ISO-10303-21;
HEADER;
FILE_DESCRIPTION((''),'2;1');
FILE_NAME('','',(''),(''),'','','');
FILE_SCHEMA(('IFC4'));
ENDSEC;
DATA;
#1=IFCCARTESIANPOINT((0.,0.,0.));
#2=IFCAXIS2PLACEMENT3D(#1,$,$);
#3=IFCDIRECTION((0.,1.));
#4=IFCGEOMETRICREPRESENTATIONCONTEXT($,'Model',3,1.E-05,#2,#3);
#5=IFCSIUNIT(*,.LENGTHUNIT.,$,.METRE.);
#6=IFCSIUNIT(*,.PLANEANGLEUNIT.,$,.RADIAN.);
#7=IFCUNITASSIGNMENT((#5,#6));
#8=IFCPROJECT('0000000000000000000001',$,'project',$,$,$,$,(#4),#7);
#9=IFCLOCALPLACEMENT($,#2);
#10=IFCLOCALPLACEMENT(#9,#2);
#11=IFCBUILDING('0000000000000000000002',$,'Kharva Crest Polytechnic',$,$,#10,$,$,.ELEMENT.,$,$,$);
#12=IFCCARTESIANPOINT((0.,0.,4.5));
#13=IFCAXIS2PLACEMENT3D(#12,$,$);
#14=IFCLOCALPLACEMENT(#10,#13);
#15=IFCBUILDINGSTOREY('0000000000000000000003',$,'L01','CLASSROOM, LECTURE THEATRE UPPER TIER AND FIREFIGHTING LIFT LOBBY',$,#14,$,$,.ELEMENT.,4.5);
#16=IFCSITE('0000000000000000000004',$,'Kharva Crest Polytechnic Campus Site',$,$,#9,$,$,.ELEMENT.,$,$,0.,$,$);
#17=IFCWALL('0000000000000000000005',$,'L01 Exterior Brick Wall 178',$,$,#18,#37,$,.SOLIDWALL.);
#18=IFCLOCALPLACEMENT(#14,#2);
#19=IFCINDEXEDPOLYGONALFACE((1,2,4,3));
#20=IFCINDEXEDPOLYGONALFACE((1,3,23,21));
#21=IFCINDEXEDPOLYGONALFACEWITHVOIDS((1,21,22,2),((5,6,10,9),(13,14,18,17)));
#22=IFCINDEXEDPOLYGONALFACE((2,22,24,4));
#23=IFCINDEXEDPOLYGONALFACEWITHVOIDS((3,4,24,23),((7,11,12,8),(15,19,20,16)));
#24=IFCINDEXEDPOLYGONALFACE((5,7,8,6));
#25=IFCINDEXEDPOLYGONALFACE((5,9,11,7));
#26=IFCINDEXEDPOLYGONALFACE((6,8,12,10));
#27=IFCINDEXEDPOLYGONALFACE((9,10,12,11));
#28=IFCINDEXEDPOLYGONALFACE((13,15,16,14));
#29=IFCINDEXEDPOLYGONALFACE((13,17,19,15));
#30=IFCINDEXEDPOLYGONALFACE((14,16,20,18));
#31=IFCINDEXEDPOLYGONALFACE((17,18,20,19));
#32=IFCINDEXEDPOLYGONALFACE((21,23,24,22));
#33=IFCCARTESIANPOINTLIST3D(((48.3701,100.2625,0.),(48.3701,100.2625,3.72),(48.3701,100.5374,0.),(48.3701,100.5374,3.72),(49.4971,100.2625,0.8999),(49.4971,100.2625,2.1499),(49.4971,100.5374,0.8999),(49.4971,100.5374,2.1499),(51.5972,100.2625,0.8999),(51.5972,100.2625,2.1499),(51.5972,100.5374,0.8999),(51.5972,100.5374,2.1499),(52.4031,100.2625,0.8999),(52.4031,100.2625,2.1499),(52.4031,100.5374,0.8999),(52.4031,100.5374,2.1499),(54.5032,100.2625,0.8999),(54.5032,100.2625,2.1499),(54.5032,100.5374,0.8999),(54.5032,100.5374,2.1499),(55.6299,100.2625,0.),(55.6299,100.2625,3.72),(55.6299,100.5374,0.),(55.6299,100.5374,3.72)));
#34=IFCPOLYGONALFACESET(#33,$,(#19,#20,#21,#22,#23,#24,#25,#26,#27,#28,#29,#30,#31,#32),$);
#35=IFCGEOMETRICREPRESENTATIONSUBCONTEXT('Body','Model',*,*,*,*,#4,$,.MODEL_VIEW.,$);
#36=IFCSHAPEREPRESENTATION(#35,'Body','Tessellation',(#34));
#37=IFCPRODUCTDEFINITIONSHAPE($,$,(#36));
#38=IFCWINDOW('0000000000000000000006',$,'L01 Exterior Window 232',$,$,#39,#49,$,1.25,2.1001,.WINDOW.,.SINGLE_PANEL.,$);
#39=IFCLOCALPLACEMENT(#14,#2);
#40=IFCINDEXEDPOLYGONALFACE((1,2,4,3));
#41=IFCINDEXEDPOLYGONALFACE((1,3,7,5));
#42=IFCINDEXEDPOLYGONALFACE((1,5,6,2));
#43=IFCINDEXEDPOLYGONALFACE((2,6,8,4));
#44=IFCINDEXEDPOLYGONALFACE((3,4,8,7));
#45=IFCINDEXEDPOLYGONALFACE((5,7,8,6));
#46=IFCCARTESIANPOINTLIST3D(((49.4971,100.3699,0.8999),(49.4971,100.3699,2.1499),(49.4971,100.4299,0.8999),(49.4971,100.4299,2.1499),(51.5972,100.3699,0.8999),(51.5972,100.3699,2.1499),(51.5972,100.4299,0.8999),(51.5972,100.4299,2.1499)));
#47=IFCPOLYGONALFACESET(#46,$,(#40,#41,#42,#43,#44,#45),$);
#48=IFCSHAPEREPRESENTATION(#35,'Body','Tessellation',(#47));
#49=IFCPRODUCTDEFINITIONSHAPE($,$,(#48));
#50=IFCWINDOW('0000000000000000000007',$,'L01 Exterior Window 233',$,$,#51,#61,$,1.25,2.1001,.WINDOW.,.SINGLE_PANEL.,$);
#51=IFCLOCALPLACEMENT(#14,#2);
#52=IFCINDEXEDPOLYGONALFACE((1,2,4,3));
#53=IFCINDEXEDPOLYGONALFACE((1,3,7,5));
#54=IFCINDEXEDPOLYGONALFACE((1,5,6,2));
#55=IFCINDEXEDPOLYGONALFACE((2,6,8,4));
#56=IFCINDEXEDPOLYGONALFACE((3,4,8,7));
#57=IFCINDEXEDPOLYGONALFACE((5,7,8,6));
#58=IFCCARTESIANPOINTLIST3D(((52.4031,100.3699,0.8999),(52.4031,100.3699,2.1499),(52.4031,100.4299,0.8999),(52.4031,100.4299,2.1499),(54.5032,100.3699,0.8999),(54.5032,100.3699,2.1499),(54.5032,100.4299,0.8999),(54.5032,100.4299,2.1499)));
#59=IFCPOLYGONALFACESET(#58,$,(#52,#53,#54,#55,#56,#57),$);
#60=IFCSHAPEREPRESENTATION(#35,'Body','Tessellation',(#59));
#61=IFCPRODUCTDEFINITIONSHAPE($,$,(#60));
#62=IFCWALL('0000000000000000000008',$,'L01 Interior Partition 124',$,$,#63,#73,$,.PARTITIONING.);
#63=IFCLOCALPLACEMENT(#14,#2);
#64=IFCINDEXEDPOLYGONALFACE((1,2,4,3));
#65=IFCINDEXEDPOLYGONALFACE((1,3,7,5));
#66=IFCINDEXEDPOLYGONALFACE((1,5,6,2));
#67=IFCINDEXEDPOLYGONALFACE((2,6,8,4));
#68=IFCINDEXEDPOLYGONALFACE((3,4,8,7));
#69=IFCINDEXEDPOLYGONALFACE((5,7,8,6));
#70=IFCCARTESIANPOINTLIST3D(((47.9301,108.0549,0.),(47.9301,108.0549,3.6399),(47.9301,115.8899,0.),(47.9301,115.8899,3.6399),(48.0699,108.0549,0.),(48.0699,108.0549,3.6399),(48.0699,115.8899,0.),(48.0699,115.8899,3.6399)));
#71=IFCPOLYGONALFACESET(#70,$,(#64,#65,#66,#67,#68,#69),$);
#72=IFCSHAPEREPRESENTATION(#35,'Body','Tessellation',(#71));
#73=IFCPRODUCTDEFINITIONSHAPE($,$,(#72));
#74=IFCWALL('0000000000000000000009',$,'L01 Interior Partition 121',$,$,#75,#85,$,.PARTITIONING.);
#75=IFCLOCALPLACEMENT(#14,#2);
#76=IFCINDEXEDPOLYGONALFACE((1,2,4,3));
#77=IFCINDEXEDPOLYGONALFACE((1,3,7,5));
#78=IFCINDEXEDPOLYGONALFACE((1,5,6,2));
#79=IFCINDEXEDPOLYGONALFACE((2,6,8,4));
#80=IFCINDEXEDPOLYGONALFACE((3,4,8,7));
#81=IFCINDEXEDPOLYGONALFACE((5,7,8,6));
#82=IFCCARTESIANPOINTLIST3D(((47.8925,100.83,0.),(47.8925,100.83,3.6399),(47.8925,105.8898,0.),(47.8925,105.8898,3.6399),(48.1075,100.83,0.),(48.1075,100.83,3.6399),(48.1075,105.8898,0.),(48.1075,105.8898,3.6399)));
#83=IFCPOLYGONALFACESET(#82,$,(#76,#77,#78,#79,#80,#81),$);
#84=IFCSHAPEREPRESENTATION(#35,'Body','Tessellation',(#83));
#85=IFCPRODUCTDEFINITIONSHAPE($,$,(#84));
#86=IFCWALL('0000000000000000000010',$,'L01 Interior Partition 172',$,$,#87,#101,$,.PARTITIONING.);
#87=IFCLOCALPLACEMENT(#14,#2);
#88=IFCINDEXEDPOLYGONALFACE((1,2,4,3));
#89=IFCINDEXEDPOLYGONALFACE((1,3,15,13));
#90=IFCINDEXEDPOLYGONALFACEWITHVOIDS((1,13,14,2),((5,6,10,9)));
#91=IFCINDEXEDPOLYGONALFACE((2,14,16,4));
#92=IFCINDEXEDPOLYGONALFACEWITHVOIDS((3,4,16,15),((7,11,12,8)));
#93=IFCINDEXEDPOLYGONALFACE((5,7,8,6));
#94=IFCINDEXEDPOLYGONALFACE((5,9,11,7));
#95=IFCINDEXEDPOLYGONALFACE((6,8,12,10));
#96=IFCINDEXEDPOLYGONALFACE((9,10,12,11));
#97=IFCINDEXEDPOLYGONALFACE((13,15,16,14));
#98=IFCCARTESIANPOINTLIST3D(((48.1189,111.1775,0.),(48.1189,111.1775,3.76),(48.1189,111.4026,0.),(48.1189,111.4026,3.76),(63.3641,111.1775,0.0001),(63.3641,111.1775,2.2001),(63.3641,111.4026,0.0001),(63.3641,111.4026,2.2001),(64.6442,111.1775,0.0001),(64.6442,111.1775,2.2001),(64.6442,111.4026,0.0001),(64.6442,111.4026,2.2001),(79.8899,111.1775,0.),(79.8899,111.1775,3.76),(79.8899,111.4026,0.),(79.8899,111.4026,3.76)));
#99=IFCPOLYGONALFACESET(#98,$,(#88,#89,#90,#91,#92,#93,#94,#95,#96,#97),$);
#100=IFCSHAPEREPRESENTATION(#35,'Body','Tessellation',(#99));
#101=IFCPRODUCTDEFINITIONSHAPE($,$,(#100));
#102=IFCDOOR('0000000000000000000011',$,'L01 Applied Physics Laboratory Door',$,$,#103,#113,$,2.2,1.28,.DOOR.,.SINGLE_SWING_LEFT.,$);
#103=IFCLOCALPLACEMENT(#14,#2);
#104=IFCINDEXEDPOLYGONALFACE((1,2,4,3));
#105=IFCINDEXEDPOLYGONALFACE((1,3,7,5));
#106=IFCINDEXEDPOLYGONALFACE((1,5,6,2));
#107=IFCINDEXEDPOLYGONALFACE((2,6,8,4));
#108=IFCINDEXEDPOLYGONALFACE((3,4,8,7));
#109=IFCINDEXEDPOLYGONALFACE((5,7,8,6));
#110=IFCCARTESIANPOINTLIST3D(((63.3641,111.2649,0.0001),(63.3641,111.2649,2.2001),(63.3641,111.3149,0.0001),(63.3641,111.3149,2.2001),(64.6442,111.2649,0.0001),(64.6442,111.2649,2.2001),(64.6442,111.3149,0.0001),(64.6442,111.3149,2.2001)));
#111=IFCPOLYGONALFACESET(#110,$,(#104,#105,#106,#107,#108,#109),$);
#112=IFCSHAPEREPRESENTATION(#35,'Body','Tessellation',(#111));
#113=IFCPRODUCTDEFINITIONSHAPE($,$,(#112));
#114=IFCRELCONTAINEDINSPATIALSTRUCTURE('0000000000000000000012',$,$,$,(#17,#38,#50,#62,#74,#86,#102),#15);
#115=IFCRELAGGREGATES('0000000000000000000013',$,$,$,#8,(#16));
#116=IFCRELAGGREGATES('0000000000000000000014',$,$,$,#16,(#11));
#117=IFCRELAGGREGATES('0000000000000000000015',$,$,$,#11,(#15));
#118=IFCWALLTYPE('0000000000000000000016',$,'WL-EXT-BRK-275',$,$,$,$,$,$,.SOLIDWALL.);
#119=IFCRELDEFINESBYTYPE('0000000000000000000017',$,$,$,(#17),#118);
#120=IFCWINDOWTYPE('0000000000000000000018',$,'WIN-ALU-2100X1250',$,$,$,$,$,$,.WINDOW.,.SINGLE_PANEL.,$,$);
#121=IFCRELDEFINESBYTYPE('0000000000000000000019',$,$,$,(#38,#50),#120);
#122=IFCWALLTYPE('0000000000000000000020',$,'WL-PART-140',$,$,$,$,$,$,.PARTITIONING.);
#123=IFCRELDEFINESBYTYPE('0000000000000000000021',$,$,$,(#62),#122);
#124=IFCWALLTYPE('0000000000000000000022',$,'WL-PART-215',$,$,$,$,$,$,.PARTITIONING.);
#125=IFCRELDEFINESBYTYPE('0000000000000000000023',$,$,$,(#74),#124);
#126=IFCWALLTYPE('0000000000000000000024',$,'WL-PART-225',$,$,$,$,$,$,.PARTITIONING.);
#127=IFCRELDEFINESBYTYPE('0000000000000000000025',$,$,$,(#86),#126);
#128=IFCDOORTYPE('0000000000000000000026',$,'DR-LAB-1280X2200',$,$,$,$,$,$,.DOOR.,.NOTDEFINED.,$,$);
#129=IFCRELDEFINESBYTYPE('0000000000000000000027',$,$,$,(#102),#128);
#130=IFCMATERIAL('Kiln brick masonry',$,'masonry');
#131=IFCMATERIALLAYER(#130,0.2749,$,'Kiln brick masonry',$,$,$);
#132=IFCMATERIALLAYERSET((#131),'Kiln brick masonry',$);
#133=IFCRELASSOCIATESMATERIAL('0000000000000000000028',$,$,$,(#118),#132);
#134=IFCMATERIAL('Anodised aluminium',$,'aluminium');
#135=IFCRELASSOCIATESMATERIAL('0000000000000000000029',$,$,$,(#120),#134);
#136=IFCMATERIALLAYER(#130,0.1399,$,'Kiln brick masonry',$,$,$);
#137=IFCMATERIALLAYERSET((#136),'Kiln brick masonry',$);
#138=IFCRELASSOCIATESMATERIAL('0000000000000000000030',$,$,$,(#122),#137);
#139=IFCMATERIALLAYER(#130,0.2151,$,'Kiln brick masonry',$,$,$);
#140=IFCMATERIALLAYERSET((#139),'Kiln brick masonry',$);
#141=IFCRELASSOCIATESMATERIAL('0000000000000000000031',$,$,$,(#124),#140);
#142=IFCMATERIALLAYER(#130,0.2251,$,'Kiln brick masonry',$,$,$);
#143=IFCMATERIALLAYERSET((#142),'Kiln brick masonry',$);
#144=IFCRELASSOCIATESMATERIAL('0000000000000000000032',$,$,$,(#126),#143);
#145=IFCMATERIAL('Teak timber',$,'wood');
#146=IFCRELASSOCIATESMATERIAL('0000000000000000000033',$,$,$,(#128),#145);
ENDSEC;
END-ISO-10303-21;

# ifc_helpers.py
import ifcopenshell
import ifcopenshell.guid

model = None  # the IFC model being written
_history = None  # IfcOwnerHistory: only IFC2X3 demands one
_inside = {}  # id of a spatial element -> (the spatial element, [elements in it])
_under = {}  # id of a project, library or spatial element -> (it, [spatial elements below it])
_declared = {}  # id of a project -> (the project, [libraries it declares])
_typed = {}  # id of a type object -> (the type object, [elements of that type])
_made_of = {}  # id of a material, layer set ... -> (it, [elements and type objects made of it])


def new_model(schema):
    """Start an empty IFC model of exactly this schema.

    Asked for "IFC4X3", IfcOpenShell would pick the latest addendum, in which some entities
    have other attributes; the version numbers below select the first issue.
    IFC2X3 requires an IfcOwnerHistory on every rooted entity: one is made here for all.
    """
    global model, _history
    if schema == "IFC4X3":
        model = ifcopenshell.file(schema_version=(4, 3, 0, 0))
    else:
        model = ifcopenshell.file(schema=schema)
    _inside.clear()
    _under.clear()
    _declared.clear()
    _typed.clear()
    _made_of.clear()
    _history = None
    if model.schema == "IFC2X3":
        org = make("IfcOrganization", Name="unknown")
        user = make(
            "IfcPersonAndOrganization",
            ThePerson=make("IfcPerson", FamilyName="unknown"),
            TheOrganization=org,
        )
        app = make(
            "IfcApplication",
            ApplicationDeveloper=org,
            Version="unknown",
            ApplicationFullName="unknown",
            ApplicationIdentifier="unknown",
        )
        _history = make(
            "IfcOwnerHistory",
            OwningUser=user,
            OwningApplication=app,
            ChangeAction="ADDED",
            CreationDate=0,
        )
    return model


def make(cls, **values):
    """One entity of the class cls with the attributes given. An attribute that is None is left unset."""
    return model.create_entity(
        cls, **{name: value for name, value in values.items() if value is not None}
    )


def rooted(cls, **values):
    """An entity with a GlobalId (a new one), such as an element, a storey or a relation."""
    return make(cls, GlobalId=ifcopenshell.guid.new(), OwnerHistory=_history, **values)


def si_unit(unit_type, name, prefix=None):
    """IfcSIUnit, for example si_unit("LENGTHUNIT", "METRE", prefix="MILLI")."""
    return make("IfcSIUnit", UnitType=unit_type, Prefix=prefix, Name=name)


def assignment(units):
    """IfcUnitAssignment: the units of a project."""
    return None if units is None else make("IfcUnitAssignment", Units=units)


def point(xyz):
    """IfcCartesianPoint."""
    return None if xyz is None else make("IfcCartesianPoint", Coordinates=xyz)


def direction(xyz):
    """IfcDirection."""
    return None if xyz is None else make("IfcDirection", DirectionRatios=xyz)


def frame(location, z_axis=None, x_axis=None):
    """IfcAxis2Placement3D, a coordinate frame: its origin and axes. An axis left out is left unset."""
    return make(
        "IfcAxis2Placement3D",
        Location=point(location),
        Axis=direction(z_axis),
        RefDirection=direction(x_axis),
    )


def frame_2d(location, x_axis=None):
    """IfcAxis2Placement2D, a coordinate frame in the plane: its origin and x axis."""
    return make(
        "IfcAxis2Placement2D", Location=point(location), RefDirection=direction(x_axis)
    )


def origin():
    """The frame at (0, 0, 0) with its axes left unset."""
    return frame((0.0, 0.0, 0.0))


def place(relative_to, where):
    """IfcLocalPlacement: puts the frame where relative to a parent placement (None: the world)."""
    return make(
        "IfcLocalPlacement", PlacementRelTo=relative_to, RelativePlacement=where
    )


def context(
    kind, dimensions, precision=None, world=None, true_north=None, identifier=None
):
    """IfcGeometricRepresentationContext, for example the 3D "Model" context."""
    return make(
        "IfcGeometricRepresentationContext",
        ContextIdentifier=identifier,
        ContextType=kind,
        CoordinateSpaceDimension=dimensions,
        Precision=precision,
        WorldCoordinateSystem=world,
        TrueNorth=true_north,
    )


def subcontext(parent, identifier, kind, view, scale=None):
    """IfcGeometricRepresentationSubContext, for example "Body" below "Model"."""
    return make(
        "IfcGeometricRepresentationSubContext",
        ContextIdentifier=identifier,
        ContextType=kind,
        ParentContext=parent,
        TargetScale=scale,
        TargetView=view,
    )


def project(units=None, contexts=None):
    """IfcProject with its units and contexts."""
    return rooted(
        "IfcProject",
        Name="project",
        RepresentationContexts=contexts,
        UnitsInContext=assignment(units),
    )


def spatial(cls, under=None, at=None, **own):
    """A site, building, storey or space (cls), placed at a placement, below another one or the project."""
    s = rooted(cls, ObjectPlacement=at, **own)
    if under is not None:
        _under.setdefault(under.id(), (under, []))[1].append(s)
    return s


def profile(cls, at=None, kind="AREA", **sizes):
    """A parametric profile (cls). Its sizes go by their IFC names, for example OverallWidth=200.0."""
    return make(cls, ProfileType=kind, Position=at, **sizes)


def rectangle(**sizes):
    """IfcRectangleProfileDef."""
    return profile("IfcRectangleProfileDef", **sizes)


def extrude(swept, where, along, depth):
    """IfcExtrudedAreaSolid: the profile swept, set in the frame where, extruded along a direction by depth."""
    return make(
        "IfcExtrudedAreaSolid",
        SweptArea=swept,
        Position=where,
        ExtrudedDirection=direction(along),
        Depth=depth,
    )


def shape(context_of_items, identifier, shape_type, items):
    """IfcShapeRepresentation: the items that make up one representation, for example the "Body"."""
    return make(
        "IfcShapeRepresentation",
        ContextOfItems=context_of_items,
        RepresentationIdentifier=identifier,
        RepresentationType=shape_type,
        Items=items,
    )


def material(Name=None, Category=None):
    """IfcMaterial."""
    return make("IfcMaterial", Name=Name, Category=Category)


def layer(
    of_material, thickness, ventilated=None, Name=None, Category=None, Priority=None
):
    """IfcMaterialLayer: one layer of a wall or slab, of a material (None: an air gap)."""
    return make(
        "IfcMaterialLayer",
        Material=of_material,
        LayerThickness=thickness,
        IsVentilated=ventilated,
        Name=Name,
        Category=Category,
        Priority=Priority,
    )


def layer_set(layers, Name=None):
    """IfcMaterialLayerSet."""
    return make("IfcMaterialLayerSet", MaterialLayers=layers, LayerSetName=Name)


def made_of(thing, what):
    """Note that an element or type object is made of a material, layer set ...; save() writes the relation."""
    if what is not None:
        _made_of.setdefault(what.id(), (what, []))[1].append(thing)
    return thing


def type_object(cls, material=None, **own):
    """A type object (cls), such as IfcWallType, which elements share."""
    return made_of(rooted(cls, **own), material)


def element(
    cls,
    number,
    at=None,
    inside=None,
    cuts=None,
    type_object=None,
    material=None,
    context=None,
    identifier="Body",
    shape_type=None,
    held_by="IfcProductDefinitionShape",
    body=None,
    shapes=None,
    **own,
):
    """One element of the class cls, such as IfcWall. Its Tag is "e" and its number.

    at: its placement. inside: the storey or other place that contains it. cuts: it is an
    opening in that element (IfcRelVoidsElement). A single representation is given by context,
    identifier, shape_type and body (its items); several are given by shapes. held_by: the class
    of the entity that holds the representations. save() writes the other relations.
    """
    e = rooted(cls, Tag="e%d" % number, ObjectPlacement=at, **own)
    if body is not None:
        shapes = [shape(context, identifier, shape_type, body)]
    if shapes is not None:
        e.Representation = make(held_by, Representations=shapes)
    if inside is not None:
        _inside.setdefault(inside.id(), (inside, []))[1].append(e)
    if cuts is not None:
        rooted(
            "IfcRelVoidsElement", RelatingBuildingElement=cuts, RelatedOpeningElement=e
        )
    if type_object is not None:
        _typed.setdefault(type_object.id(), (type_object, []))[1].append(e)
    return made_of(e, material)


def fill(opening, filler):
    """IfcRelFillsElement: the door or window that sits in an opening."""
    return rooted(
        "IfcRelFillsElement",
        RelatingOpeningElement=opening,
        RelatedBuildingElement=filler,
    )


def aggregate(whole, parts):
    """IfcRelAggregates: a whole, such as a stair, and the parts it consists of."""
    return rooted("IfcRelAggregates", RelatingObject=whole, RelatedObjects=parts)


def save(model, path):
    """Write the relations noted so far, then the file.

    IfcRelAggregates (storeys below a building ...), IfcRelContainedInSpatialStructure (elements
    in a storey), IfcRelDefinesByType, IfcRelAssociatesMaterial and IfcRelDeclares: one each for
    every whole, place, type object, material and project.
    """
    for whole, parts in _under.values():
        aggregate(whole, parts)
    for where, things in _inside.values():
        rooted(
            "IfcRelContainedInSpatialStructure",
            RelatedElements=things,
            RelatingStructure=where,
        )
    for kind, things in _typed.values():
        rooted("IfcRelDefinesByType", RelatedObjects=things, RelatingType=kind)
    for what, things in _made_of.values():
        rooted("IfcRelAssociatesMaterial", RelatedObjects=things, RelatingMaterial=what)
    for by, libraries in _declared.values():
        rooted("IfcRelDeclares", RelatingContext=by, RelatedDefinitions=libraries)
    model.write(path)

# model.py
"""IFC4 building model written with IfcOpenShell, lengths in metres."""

from ifc_helpers import new_model, si_unit, direction, frame, frame_2d, origin, place, context, subcontext, project, spatial, rectangle, extrude, material, layer, layer_set, type_object, element, fill, save


model = new_model("IFC4")

# Units and contexts
model_context = context("Model", 3, precision=1e-05, world=origin(), true_north=direction((0.0, 1.0)))
body_context = subcontext(model_context, "Body", "Model", "MODEL_VIEW")
ifc_project = project(units=[si_unit("LENGTHUNIT", "METRE"), si_unit("PLANEANGLEUNIT", "RADIAN")], contexts=[model_context])

# Site, building, storey
site_placement = place(None, origin())
site = spatial("IfcSite", under=ifc_project, at=site_placement, Name="Kharva Crest Polytechnic Campus Site", CompositionType="ELEMENT", RefElevation=0.0)
building_placement = place(site_placement, origin())
building = spatial("IfcBuilding", under=site, at=building_placement, Name="Kharva Crest Polytechnic", CompositionType="ELEMENT")
storey_placement = place(building_placement, frame((0.0, 0.0, 4.5)))
storey = spatial("IfcBuildingStorey", under=building, at=storey_placement, Name="L01", Description="CLASSROOM, LECTURE THEATRE UPPER TIER AND FIREFIGHTING LIFT LOBBY", CompositionType="ELEMENT", Elevation=4.5)

# Shared definitions
ifc_material_1 = material(Name="Kiln brick masonry", Category="masonry")
ifc_material_2 = material(Name="Anodised aluminium", Category="aluminium")

# Wall, openings, windows
ifc_layer_1 = layer(ifc_material_1, 0.2749, Name="Kiln brick masonry")
ifc_layer_set_1 = layer_set([ifc_layer_1], Name="Kiln brick masonry")
wall_type_1 = type_object("IfcWallType", Name="WL-EXT-BRK-275", PredefinedType="SOLIDWALL", material=ifc_layer_set_1)
wall_1_placement = place(storey_placement, frame((48.3701, 100.3999, 0.0), z_axis=(0.0, 0.0, 1.0), x_axis=(1.0, 0.0, 0.0)))
wall_1 = element("IfcWall", 1, at=wall_1_placement, inside=storey, type_object=wall_type_1, Name="L01 Exterior Brick Wall 178", PredefinedType="SOLIDWALL", context=body_context, shape_type="SweptSolid", body=[
    extrude(rectangle(XDim=7.2598, YDim=0.2749, at=frame_2d((3.6299, 0.0))), origin(), (0.0, 0.0, 1.0), 3.72),
])
opening_1_placement = place(wall_1_placement, frame((1.127, 0.0, 0.8999)))
opening_1 = element("IfcOpeningElement", 2, at=opening_1_placement, cuts=wall_1, PredefinedType="OPENING", context=body_context, shape_type="SweptSolid", body=[
    extrude(rectangle(XDim=2.1001, YDim=1.25, at=frame_2d((1.05, 0.625))), frame((0.0, 0.1475, 0.0), z_axis=(0.0, -1.0, 0.0), x_axis=(1.0, 0.0, 0.0)), (0.0, 0.0, 1.0), 0.2949),
])
opening_2_placement = place(wall_1_placement, frame((4.033, 0.0, 0.8999)))
opening_2 = element("IfcOpeningElement", 3, at=opening_2_placement, cuts=wall_1, PredefinedType="OPENING", context=body_context, shape_type="SweptSolid", body=[
    extrude(rectangle(XDim=2.1001, YDim=1.25, at=frame_2d((1.05, 0.625))), frame((0.0, 0.1475, 0.0), z_axis=(0.0, -1.0, 0.0), x_axis=(1.0, 0.0, 0.0)), (0.0, 0.0, 1.0), 0.2949),
])
window_type = type_object("IfcWindowType", Name="WIN-ALU-2100X1250", PartitioningType="SINGLE_PANEL", PredefinedType="WINDOW", material=ifc_material_2)
window_1_placement = place(opening_1_placement, origin())
window_1 = element("IfcWindow", 4, at=window_1_placement, inside=storey, type_object=window_type, Name="L01 Exterior Window 232", OverallHeight=1.25, OverallWidth=2.1001, PartitioningType="SINGLE_PANEL", PredefinedType="WINDOW", context=body_context, shape_type="SweptSolid", body=[
    extrude(rectangle(XDim=2.1001, YDim=1.25, at=frame_2d((1.05, 0.625))), frame((0.0, 0.03, 0.0), z_axis=(0.0, -1.0, 0.0), x_axis=(1.0, 0.0, 0.0)), (0.0, 0.0, 1.0), 0.0601),
])
fill(opening_1, window_1)
window_2_placement = place(opening_2_placement, origin())
window_2 = element("IfcWindow", 5, at=window_2_placement, inside=storey, type_object=window_type, Name="L01 Exterior Window 233", OverallHeight=1.25, OverallWidth=2.1001, PartitioningType="SINGLE_PANEL", PredefinedType="WINDOW", context=body_context, shape_type="SweptSolid", body=[
    extrude(rectangle(XDim=2.1001, YDim=1.25, at=frame_2d((1.05, 0.625))), frame((0.0, 0.03, 0.0), z_axis=(0.0, -1.0, 0.0), x_axis=(1.0, 0.0, 0.0)), (0.0, 0.0, 1.0), 0.0601),
])
fill(opening_2, window_2)

# Walls
ifc_layer_2 = layer(ifc_material_1, 0.1399, Name="Kiln brick masonry")
ifc_layer_set_2 = layer_set([ifc_layer_2], Name="Kiln brick masonry")
wall_type_2 = type_object("IfcWallType", Name="WL-PART-140", PredefinedType="PARTITIONING", material=ifc_layer_set_2)
wall_2_placement = place(storey_placement, frame((48.0, 108.0549, 0.0), z_axis=(0.0, 0.0, 1.0), x_axis=(0.0, 1.0, 0.0)))
element("IfcWall", 6, at=wall_2_placement, inside=storey, type_object=wall_type_2, Name="L01 Interior Partition 124", PredefinedType="PARTITIONING", context=body_context, shape_type="SweptSolid", body=[
    extrude(rectangle(XDim=7.835, YDim=0.1399, at=frame_2d((3.9175, 0.0))), origin(), (0.0, 0.0, 1.0), 3.6399),
])
ifc_layer_3 = layer(ifc_material_1, 0.2151, Name="Kiln brick masonry")
ifc_layer_set_3 = layer_set([ifc_layer_3], Name="Kiln brick masonry")
wall_type_3 = type_object("IfcWallType", Name="WL-PART-215", PredefinedType="PARTITIONING", material=ifc_layer_set_3)
wall_3_placement = place(storey_placement, frame((48.0, 100.8301, 0.0), z_axis=(0.0, 0.0, 1.0), x_axis=(0.0, 1.0, 0.0)))
element("IfcWall", 7, at=wall_3_placement, inside=storey, type_object=wall_type_3, Name="L01 Interior Partition 121", PredefinedType="PARTITIONING", context=body_context, shape_type="SweptSolid", body=[
    extrude(rectangle(XDim=5.0598, YDim=0.2151, at=frame_2d((2.5298, 0.0))), origin(), (0.0, 0.0, 1.0), 3.6399),
])

# Wall, opening, door
ifc_layer_4 = layer(ifc_material_1, 0.2251, Name="Kiln brick masonry")
ifc_layer_set_4 = layer_set([ifc_layer_4], Name="Kiln brick masonry")
wall_type_4 = type_object("IfcWallType", Name="WL-PART-225", PredefinedType="PARTITIONING", material=ifc_layer_set_4)
wall_4_placement = place(storey_placement, frame((48.1189, 111.29, 0.0), z_axis=(0.0, 0.0, 1.0), x_axis=(1.0, 0.0, 0.0)))
wall_4 = element("IfcWall", 8, at=wall_4_placement, inside=storey, type_object=wall_type_4, Name="L01 Interior Partition 172", PredefinedType="PARTITIONING", context=body_context, shape_type="SweptSolid", body=[
    extrude(rectangle(XDim=31.771, YDim=0.2251, at=frame_2d((15.8855, 0.0))), origin(), (0.0, 0.0, 1.0), 3.76),
])
opening_3_placement = place(wall_4_placement, frame((15.2451, 0.0, 0.0)))
opening_3 = element("IfcOpeningElement", 9, at=opening_3_placement, cuts=wall_4, PredefinedType="OPENING", context=body_context, shape_type="SweptSolid", body=[
    extrude(rectangle(XDim=1.28, YDim=2.2, at=frame_2d((0.6401, 1.1001))), frame((0.0, 0.1226, 0.0), z_axis=(0.0, -1.0, 0.0), x_axis=(1.0, 0.0, 0.0)), (0.0, 0.0, 1.0), 0.2451),
])
ifc_material_3 = material(Name="Teak timber", Category="wood")
door_type_1 = type_object("IfcDoorType", Name="DR-LAB-1280X2200", OperationType="NOTDEFINED", PredefinedType="DOOR", material=ifc_material_3)
door_1_placement = place(opening_3_placement, origin())
door_1 = element("IfcDoor", 10, at=door_1_placement, inside=storey, type_object=door_type_1, Name="L01 Applied Physics Laboratory Door", OperationType="SINGLE_SWING_LEFT", OverallHeight=2.2, OverallWidth=1.28, PredefinedType="DOOR", context=body_context, shape_type="SweptSolid", body=[
    extrude(rectangle(XDim=1.28, YDim=2.2, at=frame_2d((0.6401, 1.1001))), frame((0.0, 0.0249, 0.0), z_axis=(0.0, -1.0, 0.0), x_axis=(1.0, 0.0, 0.0)), (0.0, 0.0, 1.0), 0.05),
])
fill(opening_3, door_1)

save(model, "model.ifc")
